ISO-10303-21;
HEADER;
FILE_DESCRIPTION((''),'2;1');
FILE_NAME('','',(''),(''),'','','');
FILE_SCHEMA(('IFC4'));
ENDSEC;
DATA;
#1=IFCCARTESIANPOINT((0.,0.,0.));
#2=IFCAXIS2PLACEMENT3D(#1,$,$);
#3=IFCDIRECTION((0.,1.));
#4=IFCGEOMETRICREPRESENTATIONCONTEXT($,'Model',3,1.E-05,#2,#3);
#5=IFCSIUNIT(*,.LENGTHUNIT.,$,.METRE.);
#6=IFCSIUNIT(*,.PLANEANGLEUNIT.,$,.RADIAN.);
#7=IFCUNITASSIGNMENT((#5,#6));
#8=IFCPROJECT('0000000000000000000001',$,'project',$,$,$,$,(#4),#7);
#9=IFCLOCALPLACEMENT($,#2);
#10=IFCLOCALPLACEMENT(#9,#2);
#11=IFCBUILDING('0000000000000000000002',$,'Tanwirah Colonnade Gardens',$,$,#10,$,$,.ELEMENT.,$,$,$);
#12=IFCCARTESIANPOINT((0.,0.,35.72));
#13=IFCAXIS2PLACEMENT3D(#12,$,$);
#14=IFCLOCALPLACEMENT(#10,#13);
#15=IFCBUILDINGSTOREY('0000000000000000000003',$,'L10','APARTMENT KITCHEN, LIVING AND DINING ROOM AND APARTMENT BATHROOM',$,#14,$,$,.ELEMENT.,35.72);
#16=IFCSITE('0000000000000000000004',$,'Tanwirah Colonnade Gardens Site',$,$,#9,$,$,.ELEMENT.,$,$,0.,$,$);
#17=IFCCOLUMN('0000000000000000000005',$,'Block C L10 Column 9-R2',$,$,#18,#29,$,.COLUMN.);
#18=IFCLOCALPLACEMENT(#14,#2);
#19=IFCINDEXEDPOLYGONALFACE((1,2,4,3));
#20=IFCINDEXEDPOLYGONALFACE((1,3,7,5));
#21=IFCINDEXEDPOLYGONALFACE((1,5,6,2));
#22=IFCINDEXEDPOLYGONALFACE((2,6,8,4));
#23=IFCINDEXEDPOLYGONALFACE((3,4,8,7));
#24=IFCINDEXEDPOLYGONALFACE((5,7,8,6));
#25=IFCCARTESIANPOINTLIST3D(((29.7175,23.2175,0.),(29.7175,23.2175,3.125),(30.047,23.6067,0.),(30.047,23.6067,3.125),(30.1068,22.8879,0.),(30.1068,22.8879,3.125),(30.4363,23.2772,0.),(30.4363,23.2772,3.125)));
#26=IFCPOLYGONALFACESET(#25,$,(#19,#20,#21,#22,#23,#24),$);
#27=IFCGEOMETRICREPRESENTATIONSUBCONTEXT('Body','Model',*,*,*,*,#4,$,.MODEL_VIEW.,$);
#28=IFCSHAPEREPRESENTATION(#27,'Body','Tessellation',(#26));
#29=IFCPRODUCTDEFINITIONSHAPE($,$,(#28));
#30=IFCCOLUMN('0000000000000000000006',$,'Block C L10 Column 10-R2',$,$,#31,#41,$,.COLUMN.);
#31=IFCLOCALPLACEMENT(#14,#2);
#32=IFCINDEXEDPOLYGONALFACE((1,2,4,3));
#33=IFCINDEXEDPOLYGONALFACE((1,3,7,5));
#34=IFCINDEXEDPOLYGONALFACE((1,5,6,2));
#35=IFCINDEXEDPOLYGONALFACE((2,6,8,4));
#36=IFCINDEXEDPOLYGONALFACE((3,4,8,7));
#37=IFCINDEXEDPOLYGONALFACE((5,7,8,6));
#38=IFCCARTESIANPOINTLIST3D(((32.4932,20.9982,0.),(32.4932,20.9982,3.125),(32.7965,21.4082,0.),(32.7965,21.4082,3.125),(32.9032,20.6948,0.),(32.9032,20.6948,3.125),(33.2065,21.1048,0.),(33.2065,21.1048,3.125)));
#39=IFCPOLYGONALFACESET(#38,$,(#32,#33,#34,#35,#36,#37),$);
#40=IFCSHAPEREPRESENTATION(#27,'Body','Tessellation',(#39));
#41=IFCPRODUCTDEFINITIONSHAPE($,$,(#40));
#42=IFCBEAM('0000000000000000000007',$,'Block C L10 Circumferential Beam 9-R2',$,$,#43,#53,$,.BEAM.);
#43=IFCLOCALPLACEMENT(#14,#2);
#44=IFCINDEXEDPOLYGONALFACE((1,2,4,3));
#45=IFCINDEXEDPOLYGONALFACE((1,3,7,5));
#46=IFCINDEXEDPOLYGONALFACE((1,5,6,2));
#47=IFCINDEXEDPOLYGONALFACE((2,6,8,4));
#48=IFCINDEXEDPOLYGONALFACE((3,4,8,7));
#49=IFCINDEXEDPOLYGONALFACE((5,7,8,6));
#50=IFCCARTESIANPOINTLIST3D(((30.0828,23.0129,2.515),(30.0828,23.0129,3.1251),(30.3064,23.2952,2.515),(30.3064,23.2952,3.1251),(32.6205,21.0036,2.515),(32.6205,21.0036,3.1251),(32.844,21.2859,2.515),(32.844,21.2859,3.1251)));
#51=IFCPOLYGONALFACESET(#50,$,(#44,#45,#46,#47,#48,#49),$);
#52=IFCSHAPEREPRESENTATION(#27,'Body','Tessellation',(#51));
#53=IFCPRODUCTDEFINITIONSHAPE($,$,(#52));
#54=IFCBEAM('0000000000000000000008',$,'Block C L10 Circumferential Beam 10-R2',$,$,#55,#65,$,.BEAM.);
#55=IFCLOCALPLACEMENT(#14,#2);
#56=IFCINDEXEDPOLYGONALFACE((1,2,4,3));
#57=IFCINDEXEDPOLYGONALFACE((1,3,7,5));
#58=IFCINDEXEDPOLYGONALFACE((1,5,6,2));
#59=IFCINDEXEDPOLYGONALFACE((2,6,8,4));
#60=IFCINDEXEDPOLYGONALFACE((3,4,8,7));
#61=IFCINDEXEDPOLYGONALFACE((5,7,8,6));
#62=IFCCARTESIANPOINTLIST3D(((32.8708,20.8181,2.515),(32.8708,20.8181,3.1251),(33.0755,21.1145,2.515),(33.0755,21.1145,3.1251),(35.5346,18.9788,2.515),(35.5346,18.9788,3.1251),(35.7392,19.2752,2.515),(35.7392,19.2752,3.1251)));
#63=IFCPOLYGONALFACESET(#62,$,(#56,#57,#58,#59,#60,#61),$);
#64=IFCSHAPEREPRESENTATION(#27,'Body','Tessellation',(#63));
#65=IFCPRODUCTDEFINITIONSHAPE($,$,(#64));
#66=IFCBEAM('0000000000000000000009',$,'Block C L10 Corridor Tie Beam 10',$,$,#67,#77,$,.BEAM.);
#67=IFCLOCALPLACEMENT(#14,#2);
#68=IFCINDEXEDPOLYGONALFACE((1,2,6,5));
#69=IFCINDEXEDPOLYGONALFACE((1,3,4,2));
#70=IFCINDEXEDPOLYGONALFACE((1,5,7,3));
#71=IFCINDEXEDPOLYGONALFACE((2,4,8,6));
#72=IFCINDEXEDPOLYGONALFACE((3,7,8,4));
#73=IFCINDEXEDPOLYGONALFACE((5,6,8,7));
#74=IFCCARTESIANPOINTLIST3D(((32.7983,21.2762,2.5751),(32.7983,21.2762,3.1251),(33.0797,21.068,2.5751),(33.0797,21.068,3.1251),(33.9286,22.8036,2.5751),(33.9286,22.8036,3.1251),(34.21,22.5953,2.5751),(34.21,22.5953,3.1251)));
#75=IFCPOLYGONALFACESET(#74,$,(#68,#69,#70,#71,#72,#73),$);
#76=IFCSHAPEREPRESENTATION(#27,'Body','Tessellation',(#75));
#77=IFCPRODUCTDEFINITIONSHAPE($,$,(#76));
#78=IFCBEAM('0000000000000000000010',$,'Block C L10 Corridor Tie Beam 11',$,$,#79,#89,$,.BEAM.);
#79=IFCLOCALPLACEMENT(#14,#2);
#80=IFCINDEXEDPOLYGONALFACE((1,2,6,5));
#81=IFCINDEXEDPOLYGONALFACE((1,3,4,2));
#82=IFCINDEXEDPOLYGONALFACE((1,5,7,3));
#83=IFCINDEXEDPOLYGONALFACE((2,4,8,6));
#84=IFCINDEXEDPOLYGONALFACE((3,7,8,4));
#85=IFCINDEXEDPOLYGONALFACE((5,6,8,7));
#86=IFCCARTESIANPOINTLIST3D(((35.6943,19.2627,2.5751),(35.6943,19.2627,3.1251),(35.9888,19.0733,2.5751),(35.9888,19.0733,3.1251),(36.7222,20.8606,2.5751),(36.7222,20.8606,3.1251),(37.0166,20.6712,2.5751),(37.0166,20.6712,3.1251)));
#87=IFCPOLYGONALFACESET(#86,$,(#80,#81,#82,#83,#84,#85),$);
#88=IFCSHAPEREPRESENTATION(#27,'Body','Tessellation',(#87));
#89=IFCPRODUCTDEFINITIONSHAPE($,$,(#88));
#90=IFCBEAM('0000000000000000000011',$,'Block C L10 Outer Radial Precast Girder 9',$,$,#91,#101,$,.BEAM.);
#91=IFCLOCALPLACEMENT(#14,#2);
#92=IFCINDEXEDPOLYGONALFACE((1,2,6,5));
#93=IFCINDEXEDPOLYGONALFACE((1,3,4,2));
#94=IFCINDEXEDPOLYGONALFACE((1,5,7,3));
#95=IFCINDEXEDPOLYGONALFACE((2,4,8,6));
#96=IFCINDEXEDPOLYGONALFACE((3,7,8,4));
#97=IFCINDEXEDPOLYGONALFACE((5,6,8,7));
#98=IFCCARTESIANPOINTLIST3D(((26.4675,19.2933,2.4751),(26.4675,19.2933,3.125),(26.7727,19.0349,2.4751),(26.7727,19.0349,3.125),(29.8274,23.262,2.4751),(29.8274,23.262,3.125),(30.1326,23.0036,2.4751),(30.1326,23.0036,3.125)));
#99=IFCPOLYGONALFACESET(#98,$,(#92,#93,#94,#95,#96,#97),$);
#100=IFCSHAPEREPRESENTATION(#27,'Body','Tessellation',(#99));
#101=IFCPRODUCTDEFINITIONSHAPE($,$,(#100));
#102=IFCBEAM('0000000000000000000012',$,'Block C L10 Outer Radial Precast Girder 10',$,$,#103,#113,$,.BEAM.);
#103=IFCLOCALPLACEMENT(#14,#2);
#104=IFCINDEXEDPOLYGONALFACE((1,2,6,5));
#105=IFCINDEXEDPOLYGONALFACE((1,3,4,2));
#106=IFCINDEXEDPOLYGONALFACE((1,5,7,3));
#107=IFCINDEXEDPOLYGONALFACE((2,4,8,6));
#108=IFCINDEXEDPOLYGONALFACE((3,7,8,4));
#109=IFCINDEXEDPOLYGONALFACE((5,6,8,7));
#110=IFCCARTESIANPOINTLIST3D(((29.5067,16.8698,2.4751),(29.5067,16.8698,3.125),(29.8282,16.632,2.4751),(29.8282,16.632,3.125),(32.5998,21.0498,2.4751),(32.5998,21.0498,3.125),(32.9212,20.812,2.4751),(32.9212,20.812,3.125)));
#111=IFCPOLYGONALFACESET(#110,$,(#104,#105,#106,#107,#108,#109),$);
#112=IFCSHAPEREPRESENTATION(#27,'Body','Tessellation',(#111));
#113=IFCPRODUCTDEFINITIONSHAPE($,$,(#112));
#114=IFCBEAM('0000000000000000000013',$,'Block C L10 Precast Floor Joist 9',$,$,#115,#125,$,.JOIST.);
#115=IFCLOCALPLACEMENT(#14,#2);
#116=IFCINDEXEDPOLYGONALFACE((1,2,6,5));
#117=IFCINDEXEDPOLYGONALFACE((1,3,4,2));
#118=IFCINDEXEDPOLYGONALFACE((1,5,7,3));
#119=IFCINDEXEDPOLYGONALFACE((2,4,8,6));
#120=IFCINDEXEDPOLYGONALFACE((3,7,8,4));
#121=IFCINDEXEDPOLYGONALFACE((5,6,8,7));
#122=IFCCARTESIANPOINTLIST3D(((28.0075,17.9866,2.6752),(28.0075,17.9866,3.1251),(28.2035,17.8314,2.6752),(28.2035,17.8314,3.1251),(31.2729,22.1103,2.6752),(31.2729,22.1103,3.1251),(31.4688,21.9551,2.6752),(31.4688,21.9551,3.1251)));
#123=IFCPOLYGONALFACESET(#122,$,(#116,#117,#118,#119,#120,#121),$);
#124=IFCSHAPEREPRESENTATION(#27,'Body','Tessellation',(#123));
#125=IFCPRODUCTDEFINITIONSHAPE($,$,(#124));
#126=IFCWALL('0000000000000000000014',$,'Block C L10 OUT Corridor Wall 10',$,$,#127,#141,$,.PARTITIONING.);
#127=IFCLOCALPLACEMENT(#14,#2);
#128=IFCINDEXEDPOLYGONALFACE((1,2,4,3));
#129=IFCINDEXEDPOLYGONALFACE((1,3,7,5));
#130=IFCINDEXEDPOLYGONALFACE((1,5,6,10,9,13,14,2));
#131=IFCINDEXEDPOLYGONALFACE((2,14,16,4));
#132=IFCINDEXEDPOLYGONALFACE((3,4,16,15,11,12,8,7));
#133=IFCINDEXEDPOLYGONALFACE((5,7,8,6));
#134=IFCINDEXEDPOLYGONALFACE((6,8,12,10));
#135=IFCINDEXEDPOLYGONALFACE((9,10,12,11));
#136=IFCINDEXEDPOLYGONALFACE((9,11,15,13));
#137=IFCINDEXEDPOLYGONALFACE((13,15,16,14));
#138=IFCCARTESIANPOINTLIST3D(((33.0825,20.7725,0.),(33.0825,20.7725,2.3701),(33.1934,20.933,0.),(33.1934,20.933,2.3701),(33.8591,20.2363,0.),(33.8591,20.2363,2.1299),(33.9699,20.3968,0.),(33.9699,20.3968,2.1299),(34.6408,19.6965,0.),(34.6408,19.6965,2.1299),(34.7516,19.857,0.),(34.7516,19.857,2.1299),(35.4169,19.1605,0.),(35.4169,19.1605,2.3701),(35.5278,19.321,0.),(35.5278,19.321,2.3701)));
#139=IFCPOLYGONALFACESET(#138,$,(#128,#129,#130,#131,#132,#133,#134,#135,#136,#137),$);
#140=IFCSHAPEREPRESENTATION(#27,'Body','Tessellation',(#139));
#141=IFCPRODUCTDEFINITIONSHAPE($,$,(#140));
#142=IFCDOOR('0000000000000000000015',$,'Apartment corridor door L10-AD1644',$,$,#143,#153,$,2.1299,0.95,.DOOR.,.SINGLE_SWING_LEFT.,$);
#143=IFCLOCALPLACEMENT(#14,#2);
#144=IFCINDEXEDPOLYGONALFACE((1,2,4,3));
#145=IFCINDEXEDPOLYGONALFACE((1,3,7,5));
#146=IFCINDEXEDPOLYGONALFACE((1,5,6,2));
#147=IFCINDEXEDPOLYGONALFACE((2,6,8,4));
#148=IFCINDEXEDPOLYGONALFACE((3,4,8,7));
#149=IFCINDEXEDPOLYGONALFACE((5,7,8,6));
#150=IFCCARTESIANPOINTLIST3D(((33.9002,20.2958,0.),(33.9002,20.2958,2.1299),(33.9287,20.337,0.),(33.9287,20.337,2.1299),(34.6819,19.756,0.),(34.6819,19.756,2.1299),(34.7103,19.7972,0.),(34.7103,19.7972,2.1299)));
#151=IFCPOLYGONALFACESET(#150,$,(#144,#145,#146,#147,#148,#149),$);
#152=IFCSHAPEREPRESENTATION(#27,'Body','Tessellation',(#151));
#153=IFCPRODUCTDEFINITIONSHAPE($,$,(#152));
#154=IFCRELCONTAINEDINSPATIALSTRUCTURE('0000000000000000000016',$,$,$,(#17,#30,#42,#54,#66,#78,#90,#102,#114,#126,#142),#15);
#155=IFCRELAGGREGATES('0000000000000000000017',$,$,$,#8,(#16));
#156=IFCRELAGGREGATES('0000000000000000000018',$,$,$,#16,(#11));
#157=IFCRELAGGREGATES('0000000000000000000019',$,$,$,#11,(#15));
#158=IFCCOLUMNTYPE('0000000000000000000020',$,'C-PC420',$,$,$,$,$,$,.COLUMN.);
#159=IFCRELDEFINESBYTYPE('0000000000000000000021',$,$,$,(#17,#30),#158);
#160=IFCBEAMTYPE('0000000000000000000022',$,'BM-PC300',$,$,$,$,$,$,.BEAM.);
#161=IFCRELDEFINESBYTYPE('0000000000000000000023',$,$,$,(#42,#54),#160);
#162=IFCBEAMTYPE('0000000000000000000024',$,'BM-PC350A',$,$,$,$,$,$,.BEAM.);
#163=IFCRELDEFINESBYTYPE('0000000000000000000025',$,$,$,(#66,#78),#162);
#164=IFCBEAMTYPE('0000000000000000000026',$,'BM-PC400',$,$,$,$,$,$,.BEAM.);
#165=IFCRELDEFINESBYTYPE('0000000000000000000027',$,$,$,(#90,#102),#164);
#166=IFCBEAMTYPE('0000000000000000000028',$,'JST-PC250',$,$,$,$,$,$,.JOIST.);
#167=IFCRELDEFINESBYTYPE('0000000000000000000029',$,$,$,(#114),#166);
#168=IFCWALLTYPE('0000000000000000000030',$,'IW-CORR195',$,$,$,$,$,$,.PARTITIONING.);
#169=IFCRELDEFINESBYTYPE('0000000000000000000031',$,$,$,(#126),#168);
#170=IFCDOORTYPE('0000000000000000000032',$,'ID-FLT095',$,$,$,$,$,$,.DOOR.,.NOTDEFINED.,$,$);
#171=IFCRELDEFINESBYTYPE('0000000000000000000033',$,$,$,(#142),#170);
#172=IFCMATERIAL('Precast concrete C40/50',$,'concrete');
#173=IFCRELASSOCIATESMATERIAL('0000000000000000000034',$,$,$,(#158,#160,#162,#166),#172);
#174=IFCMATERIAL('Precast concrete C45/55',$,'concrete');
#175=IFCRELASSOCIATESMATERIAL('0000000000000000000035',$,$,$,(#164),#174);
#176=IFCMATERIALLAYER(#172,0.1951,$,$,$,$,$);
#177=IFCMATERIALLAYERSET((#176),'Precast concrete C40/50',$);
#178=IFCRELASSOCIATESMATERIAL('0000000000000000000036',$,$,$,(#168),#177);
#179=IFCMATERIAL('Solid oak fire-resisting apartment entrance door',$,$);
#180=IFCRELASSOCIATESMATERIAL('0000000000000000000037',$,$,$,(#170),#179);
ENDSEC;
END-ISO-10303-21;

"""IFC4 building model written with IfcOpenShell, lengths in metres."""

from ifc_helpers import new_model, si_unit, direction, frame, frame_2d, origin, origin_2d, place, context, subcontext, project, spatial, rectangle, extrude, material, layer, layer_set, material_profile, profile_set, type_object, element, fill, save


model = new_model("IFC4")

# Units and contexts
model_context = context("Model", 3, precision=1e-05, world=origin(), true_north=direction((0.0, 1.0)))
body_context = subcontext(model_context, "Body", "Model", "MODEL_VIEW")
ifc_project = project(units=[si_unit("LENGTHUNIT", "METRE"), si_unit("PLANEANGLEUNIT", "RADIAN")], contexts=[model_context])

# Site, building, storey
site_placement = place(None, origin())
site = spatial("IfcSite", under=ifc_project, at=site_placement, Name="Tanwirah Colonnade Gardens Site", CompositionType="ELEMENT", RefElevation=0.0)
building_placement = place(site_placement, origin())
building = spatial("IfcBuilding", under=site, at=building_placement, Name="Tanwirah Colonnade Gardens", CompositionType="ELEMENT")
storey_placement = place(building_placement, frame((0.0, 0.0, 35.72)))
storey = spatial("IfcBuildingStorey", under=building, at=storey_placement, Name="L10", Description="APARTMENT KITCHEN, LIVING AND DINING ROOM AND APARTMENT BATHROOM", CompositionType="ELEMENT", Elevation=35.72)

# Columns
ifc_material_1 = material(Name="Precast concrete C40/50", Category="concrete")
ifc_material_profile_1 = material_profile(ifc_material_1, rectangle(XDim=0.51, YDim=0.51, at=origin_2d()), Name="PC-COL 510x510")
ifc_profile_set_1 = profile_set([ifc_material_profile_1], Name="Precast concrete C40/50")
column_type = type_object("IfcColumnType", Name="C-PC420", PredefinedType="COLUMN", material=ifc_profile_set_1)
for number, where, z_axis, x_axis, name in (
    (1, (30.0769, 23.2473, 0.0), (0.0, 0.0, 1.0), (-0.646124, -0.763232, 0.0), "Block C L10 Column 9-R2"),
    (2, (32.8499, 21.0515, 0.0), (0.0, 0.0, 1.0), (-0.594823, -0.803857, 0.0), "Block C L10 Column 10-R2"),
):
    element("IfcColumn", number, at=place(storey_placement, frame(where, z_axis=z_axis, x_axis=x_axis)), inside=storey, type_object=column_type, Name=name, PredefinedType="COLUMN", context=body_context, shape_type="SweptSolid", body=[
        extrude(rectangle(XDim=0.51, YDim=0.51, at=origin_2d()), origin(), (0.0, 0.0, 1.0), 3.125),
    ])

# Beams
ifc_material_profile_2 = material_profile(ifc_material_1, rectangle(XDim=0.3601, YDim=0.6101, at=origin_2d()), Name="PC-BM 360x610")
ifc_profile_set_2 = profile_set([ifc_material_profile_2], Name="Precast concrete C40/50")
beam_type_1 = type_object("IfcBeamType", Name="BM-PC300", PredefinedType="BEAM", material=ifc_profile_set_2)
beam_1_placement = place(storey_placement, frame((30.1946, 23.1541, 2.8201), z_axis=(0.783994, -0.620769, 0.0), x_axis=(0.620769, 0.783994, 0.0)))
element("IfcBeam", 3, at=beam_1_placement, inside=storey, type_object=beam_type_1, Name="Block C L10 Circumferential Beam 9-R2", PredefinedType="BEAM", context=body_context, shape_type="SweptSolid", body=[
    extrude(rectangle(XDim=0.3601, YDim=0.6101, at=origin_2d()), origin(), (0.0, 0.0, 1.0), 3.2368),
])
beam_2_placement = place(storey_placement, frame((32.9731, 20.9663, 2.8201), z_axis=(0.822889, -0.568202, 0.0), x_axis=(0.568202, 0.822889, 0.0)))
element("IfcBeam", 4, at=beam_2_placement, inside=storey, type_object=beam_type_1, Name="Block C L10 Circumferential Beam 10-R2", PredefinedType="BEAM", context=body_context, shape_type="SweptSolid", body=[
    extrude(rectangle(XDim=0.3601, YDim=0.6101, at=origin_2d()), origin(), (0.0, 0.0, 1.0), 3.2371),
])
ifc_material_profile_3 = material_profile(ifc_material_1, rectangle(XDim=0.3501, YDim=0.55, at=origin_2d()), Name="PC-BM 350x550")
ifc_profile_set_3 = profile_set([ifc_material_profile_3], Name="Precast concrete C40/50")
beam_type_2 = type_object("IfcBeamType", Name="BM-PC350A", PredefinedType="BEAM", material=ifc_profile_set_3)
beam_3_placement = place(storey_placement, frame((34.0693, 22.6995, 2.8501), z_axis=(-0.594889, -0.803807, 0.0), x_axis=(0.803807, -0.594889, 0.0)))
element("IfcBeam", 5, at=beam_3_placement, inside=storey, type_object=beam_type_2, Name="Block C L10 Corridor Tie Beam 10", PredefinedType="BEAM", context=body_context, shape_type="SweptSolid", body=[
    extrude(rectangle(XDim=0.3501, YDim=0.55, at=origin_2d()), origin(), (0.0, 0.0, 1.0), 1.9001),
])
beam_4_placement = place(storey_placement, frame((36.8694, 20.7659, 2.8501), z_axis=(-0.540985, -0.841032, 0.0), x_axis=(0.841032, -0.540985, 0.0)))
element("IfcBeam", 6, at=beam_4_placement, inside=storey, type_object=beam_type_2, Name="Block C L10 Corridor Tie Beam 11", PredefinedType="BEAM", context=body_context, shape_type="SweptSolid", body=[
    extrude(rectangle(XDim=0.3501, YDim=0.55, at=origin_2d()), origin(), (0.0, 0.0, 1.0), 1.8999),
])
ifc_material_2 = material(Name="Precast concrete C45/55", Category="concrete")
ifc_material_profile_4 = material_profile(ifc_material_2, rectangle(XDim=0.3999, YDim=0.6499, at=origin_2d()), Name="PC-BM 400x650")
ifc_profile_set_4 = profile_set([ifc_material_profile_4], Name="Precast concrete C45/55")
beam_type_3 = type_object("IfcBeamType", Name="BM-PC400", PredefinedType="BEAM", material=ifc_profile_set_4)
for number, where, z_axis, x_axis, name in (
    (7, (29.98, 23.1328, 2.8), (-0.646132, -0.763226, 0.0), (0.763226, -0.646132, 0.0), "Block C L10 Outer Radial Precast Girder 9"),
    (8, (32.7605, 20.9309, 2.8), (-0.594827, -0.803854, 0.0), (0.803854, -0.594827, 0.0), "Block C L10 Outer Radial Precast Girder 10"),
):
    element("IfcBeam", number, at=place(storey_placement, frame(where, z_axis=z_axis, x_axis=x_axis)), inside=storey, type_object=beam_type_3, Name=name, PredefinedType="BEAM", context=body_context, shape_type="SweptSolid", body=[
        extrude(rectangle(XDim=0.3999, YDim=0.6499, at=origin_2d()), origin(), (0.0, 0.0, 1.0), 5.2),
    ])
ifc_material_profile_5 = material_profile(ifc_material_1, rectangle(XDim=0.25, YDim=0.45, at=origin_2d()), Name="PC-JST 250x450")
ifc_profile_set_5 = profile_set([ifc_material_profile_5], Name="Precast concrete C40/50")
beam_type_4 = type_object("IfcBeamType", Name="JST-PC250", PredefinedType="JOIST", material=ifc_profile_set_5)
beam_5_placement = place(storey_placement, frame((31.3708, 22.0327, 2.9001), z_axis=(-0.620787, -0.783979, 0.0), x_axis=(0.783979, -0.620787, 0.0)))
element("IfcBeam", 9, at=beam_5_placement, inside=storey, type_object=beam_type_4, Name="Block C L10 Precast Floor Joist 9", PredefinedType="JOIST", context=body_context, shape_type="SweptSolid", body=[
    extrude(rectangle(XDim=0.25, YDim=0.45, at=origin_2d()), origin(), (0.0, 0.0, 1.0), 5.26),
])

# Wall, opening, door
ifc_layer_1 = layer(ifc_material_1, 0.1951)
ifc_layer_set_1 = layer_set([ifc_layer_1], Name="Precast concrete C40/50")
wall_type_1 = type_object("IfcWallType", Name="IW-CORR195", PredefinedType="PARTITIONING", material=ifc_layer_set_1)
ifc_material_3 = material(Name="Solid oak fire-resisting apartment entrance door")
wall_1_placement = place(storey_placement, frame((33.1379, 20.8528, 0.0), z_axis=(0.0, 0.0, 1.0), x_axis=(0.82287, -0.56823, 0.0)))
wall_1 = element("IfcWall", 10, at=wall_1_placement, inside=storey, type_object=wall_type_1, Name="Block C L10 OUT Corridor Wall 10", PredefinedType="PARTITIONING", context=body_context, shape_type="SweptSolid", body=[
    extrude(rectangle(XDim=2.8369, YDim=0.1951, at=frame_2d((1.4185, 0.0))), origin(), (0.0, 0.0, 1.0), 2.3701),
])
opening_1_placement = place(wall_1_placement, frame((0.9436, 0.0, 0.0)))
opening_1 = element("IfcOpeningElement", 11, at=opening_1_placement, cuts=wall_1, PredefinedType="OPENING", context=body_context, shape_type="SweptSolid", body=[
    extrude(rectangle(XDim=0.95, YDim=2.1299, at=frame_2d((0.4751, 1.0649))), frame((0.0, 0.1074, 0.0), z_axis=(0.0, -1.0, 0.0), x_axis=(1.0, 0.0, 0.0)), (0.0, 0.0, 1.0), 0.2151),
])
door_type_1 = type_object("IfcDoorType", Name="ID-FLT095", OperationType="NOTDEFINED", PredefinedType="DOOR", material=ifc_material_3)
door_1_placement = place(opening_1_placement, origin())
door_1 = element("IfcDoor", 12, at=door_1_placement, inside=storey, type_object=door_type_1, Name="Apartment corridor door L10-AD1644", OperationType="SINGLE_SWING_LEFT", OverallHeight=2.1299, OverallWidth=0.95, PredefinedType="DOOR", context=body_context, shape_type="SweptSolid", body=[
    extrude(rectangle(XDim=0.95, YDim=2.1299, at=frame_2d((0.4751, 1.0649))), frame((0.0, 0.0249, 0.0), z_axis=(0.0, -1.0, 0.0), x_axis=(1.0, 0.0, 0.0)), (0.0, 0.0, 1.0), 0.05),
])
fill(opening_1, door_1)

save(model, "model.ifc")
